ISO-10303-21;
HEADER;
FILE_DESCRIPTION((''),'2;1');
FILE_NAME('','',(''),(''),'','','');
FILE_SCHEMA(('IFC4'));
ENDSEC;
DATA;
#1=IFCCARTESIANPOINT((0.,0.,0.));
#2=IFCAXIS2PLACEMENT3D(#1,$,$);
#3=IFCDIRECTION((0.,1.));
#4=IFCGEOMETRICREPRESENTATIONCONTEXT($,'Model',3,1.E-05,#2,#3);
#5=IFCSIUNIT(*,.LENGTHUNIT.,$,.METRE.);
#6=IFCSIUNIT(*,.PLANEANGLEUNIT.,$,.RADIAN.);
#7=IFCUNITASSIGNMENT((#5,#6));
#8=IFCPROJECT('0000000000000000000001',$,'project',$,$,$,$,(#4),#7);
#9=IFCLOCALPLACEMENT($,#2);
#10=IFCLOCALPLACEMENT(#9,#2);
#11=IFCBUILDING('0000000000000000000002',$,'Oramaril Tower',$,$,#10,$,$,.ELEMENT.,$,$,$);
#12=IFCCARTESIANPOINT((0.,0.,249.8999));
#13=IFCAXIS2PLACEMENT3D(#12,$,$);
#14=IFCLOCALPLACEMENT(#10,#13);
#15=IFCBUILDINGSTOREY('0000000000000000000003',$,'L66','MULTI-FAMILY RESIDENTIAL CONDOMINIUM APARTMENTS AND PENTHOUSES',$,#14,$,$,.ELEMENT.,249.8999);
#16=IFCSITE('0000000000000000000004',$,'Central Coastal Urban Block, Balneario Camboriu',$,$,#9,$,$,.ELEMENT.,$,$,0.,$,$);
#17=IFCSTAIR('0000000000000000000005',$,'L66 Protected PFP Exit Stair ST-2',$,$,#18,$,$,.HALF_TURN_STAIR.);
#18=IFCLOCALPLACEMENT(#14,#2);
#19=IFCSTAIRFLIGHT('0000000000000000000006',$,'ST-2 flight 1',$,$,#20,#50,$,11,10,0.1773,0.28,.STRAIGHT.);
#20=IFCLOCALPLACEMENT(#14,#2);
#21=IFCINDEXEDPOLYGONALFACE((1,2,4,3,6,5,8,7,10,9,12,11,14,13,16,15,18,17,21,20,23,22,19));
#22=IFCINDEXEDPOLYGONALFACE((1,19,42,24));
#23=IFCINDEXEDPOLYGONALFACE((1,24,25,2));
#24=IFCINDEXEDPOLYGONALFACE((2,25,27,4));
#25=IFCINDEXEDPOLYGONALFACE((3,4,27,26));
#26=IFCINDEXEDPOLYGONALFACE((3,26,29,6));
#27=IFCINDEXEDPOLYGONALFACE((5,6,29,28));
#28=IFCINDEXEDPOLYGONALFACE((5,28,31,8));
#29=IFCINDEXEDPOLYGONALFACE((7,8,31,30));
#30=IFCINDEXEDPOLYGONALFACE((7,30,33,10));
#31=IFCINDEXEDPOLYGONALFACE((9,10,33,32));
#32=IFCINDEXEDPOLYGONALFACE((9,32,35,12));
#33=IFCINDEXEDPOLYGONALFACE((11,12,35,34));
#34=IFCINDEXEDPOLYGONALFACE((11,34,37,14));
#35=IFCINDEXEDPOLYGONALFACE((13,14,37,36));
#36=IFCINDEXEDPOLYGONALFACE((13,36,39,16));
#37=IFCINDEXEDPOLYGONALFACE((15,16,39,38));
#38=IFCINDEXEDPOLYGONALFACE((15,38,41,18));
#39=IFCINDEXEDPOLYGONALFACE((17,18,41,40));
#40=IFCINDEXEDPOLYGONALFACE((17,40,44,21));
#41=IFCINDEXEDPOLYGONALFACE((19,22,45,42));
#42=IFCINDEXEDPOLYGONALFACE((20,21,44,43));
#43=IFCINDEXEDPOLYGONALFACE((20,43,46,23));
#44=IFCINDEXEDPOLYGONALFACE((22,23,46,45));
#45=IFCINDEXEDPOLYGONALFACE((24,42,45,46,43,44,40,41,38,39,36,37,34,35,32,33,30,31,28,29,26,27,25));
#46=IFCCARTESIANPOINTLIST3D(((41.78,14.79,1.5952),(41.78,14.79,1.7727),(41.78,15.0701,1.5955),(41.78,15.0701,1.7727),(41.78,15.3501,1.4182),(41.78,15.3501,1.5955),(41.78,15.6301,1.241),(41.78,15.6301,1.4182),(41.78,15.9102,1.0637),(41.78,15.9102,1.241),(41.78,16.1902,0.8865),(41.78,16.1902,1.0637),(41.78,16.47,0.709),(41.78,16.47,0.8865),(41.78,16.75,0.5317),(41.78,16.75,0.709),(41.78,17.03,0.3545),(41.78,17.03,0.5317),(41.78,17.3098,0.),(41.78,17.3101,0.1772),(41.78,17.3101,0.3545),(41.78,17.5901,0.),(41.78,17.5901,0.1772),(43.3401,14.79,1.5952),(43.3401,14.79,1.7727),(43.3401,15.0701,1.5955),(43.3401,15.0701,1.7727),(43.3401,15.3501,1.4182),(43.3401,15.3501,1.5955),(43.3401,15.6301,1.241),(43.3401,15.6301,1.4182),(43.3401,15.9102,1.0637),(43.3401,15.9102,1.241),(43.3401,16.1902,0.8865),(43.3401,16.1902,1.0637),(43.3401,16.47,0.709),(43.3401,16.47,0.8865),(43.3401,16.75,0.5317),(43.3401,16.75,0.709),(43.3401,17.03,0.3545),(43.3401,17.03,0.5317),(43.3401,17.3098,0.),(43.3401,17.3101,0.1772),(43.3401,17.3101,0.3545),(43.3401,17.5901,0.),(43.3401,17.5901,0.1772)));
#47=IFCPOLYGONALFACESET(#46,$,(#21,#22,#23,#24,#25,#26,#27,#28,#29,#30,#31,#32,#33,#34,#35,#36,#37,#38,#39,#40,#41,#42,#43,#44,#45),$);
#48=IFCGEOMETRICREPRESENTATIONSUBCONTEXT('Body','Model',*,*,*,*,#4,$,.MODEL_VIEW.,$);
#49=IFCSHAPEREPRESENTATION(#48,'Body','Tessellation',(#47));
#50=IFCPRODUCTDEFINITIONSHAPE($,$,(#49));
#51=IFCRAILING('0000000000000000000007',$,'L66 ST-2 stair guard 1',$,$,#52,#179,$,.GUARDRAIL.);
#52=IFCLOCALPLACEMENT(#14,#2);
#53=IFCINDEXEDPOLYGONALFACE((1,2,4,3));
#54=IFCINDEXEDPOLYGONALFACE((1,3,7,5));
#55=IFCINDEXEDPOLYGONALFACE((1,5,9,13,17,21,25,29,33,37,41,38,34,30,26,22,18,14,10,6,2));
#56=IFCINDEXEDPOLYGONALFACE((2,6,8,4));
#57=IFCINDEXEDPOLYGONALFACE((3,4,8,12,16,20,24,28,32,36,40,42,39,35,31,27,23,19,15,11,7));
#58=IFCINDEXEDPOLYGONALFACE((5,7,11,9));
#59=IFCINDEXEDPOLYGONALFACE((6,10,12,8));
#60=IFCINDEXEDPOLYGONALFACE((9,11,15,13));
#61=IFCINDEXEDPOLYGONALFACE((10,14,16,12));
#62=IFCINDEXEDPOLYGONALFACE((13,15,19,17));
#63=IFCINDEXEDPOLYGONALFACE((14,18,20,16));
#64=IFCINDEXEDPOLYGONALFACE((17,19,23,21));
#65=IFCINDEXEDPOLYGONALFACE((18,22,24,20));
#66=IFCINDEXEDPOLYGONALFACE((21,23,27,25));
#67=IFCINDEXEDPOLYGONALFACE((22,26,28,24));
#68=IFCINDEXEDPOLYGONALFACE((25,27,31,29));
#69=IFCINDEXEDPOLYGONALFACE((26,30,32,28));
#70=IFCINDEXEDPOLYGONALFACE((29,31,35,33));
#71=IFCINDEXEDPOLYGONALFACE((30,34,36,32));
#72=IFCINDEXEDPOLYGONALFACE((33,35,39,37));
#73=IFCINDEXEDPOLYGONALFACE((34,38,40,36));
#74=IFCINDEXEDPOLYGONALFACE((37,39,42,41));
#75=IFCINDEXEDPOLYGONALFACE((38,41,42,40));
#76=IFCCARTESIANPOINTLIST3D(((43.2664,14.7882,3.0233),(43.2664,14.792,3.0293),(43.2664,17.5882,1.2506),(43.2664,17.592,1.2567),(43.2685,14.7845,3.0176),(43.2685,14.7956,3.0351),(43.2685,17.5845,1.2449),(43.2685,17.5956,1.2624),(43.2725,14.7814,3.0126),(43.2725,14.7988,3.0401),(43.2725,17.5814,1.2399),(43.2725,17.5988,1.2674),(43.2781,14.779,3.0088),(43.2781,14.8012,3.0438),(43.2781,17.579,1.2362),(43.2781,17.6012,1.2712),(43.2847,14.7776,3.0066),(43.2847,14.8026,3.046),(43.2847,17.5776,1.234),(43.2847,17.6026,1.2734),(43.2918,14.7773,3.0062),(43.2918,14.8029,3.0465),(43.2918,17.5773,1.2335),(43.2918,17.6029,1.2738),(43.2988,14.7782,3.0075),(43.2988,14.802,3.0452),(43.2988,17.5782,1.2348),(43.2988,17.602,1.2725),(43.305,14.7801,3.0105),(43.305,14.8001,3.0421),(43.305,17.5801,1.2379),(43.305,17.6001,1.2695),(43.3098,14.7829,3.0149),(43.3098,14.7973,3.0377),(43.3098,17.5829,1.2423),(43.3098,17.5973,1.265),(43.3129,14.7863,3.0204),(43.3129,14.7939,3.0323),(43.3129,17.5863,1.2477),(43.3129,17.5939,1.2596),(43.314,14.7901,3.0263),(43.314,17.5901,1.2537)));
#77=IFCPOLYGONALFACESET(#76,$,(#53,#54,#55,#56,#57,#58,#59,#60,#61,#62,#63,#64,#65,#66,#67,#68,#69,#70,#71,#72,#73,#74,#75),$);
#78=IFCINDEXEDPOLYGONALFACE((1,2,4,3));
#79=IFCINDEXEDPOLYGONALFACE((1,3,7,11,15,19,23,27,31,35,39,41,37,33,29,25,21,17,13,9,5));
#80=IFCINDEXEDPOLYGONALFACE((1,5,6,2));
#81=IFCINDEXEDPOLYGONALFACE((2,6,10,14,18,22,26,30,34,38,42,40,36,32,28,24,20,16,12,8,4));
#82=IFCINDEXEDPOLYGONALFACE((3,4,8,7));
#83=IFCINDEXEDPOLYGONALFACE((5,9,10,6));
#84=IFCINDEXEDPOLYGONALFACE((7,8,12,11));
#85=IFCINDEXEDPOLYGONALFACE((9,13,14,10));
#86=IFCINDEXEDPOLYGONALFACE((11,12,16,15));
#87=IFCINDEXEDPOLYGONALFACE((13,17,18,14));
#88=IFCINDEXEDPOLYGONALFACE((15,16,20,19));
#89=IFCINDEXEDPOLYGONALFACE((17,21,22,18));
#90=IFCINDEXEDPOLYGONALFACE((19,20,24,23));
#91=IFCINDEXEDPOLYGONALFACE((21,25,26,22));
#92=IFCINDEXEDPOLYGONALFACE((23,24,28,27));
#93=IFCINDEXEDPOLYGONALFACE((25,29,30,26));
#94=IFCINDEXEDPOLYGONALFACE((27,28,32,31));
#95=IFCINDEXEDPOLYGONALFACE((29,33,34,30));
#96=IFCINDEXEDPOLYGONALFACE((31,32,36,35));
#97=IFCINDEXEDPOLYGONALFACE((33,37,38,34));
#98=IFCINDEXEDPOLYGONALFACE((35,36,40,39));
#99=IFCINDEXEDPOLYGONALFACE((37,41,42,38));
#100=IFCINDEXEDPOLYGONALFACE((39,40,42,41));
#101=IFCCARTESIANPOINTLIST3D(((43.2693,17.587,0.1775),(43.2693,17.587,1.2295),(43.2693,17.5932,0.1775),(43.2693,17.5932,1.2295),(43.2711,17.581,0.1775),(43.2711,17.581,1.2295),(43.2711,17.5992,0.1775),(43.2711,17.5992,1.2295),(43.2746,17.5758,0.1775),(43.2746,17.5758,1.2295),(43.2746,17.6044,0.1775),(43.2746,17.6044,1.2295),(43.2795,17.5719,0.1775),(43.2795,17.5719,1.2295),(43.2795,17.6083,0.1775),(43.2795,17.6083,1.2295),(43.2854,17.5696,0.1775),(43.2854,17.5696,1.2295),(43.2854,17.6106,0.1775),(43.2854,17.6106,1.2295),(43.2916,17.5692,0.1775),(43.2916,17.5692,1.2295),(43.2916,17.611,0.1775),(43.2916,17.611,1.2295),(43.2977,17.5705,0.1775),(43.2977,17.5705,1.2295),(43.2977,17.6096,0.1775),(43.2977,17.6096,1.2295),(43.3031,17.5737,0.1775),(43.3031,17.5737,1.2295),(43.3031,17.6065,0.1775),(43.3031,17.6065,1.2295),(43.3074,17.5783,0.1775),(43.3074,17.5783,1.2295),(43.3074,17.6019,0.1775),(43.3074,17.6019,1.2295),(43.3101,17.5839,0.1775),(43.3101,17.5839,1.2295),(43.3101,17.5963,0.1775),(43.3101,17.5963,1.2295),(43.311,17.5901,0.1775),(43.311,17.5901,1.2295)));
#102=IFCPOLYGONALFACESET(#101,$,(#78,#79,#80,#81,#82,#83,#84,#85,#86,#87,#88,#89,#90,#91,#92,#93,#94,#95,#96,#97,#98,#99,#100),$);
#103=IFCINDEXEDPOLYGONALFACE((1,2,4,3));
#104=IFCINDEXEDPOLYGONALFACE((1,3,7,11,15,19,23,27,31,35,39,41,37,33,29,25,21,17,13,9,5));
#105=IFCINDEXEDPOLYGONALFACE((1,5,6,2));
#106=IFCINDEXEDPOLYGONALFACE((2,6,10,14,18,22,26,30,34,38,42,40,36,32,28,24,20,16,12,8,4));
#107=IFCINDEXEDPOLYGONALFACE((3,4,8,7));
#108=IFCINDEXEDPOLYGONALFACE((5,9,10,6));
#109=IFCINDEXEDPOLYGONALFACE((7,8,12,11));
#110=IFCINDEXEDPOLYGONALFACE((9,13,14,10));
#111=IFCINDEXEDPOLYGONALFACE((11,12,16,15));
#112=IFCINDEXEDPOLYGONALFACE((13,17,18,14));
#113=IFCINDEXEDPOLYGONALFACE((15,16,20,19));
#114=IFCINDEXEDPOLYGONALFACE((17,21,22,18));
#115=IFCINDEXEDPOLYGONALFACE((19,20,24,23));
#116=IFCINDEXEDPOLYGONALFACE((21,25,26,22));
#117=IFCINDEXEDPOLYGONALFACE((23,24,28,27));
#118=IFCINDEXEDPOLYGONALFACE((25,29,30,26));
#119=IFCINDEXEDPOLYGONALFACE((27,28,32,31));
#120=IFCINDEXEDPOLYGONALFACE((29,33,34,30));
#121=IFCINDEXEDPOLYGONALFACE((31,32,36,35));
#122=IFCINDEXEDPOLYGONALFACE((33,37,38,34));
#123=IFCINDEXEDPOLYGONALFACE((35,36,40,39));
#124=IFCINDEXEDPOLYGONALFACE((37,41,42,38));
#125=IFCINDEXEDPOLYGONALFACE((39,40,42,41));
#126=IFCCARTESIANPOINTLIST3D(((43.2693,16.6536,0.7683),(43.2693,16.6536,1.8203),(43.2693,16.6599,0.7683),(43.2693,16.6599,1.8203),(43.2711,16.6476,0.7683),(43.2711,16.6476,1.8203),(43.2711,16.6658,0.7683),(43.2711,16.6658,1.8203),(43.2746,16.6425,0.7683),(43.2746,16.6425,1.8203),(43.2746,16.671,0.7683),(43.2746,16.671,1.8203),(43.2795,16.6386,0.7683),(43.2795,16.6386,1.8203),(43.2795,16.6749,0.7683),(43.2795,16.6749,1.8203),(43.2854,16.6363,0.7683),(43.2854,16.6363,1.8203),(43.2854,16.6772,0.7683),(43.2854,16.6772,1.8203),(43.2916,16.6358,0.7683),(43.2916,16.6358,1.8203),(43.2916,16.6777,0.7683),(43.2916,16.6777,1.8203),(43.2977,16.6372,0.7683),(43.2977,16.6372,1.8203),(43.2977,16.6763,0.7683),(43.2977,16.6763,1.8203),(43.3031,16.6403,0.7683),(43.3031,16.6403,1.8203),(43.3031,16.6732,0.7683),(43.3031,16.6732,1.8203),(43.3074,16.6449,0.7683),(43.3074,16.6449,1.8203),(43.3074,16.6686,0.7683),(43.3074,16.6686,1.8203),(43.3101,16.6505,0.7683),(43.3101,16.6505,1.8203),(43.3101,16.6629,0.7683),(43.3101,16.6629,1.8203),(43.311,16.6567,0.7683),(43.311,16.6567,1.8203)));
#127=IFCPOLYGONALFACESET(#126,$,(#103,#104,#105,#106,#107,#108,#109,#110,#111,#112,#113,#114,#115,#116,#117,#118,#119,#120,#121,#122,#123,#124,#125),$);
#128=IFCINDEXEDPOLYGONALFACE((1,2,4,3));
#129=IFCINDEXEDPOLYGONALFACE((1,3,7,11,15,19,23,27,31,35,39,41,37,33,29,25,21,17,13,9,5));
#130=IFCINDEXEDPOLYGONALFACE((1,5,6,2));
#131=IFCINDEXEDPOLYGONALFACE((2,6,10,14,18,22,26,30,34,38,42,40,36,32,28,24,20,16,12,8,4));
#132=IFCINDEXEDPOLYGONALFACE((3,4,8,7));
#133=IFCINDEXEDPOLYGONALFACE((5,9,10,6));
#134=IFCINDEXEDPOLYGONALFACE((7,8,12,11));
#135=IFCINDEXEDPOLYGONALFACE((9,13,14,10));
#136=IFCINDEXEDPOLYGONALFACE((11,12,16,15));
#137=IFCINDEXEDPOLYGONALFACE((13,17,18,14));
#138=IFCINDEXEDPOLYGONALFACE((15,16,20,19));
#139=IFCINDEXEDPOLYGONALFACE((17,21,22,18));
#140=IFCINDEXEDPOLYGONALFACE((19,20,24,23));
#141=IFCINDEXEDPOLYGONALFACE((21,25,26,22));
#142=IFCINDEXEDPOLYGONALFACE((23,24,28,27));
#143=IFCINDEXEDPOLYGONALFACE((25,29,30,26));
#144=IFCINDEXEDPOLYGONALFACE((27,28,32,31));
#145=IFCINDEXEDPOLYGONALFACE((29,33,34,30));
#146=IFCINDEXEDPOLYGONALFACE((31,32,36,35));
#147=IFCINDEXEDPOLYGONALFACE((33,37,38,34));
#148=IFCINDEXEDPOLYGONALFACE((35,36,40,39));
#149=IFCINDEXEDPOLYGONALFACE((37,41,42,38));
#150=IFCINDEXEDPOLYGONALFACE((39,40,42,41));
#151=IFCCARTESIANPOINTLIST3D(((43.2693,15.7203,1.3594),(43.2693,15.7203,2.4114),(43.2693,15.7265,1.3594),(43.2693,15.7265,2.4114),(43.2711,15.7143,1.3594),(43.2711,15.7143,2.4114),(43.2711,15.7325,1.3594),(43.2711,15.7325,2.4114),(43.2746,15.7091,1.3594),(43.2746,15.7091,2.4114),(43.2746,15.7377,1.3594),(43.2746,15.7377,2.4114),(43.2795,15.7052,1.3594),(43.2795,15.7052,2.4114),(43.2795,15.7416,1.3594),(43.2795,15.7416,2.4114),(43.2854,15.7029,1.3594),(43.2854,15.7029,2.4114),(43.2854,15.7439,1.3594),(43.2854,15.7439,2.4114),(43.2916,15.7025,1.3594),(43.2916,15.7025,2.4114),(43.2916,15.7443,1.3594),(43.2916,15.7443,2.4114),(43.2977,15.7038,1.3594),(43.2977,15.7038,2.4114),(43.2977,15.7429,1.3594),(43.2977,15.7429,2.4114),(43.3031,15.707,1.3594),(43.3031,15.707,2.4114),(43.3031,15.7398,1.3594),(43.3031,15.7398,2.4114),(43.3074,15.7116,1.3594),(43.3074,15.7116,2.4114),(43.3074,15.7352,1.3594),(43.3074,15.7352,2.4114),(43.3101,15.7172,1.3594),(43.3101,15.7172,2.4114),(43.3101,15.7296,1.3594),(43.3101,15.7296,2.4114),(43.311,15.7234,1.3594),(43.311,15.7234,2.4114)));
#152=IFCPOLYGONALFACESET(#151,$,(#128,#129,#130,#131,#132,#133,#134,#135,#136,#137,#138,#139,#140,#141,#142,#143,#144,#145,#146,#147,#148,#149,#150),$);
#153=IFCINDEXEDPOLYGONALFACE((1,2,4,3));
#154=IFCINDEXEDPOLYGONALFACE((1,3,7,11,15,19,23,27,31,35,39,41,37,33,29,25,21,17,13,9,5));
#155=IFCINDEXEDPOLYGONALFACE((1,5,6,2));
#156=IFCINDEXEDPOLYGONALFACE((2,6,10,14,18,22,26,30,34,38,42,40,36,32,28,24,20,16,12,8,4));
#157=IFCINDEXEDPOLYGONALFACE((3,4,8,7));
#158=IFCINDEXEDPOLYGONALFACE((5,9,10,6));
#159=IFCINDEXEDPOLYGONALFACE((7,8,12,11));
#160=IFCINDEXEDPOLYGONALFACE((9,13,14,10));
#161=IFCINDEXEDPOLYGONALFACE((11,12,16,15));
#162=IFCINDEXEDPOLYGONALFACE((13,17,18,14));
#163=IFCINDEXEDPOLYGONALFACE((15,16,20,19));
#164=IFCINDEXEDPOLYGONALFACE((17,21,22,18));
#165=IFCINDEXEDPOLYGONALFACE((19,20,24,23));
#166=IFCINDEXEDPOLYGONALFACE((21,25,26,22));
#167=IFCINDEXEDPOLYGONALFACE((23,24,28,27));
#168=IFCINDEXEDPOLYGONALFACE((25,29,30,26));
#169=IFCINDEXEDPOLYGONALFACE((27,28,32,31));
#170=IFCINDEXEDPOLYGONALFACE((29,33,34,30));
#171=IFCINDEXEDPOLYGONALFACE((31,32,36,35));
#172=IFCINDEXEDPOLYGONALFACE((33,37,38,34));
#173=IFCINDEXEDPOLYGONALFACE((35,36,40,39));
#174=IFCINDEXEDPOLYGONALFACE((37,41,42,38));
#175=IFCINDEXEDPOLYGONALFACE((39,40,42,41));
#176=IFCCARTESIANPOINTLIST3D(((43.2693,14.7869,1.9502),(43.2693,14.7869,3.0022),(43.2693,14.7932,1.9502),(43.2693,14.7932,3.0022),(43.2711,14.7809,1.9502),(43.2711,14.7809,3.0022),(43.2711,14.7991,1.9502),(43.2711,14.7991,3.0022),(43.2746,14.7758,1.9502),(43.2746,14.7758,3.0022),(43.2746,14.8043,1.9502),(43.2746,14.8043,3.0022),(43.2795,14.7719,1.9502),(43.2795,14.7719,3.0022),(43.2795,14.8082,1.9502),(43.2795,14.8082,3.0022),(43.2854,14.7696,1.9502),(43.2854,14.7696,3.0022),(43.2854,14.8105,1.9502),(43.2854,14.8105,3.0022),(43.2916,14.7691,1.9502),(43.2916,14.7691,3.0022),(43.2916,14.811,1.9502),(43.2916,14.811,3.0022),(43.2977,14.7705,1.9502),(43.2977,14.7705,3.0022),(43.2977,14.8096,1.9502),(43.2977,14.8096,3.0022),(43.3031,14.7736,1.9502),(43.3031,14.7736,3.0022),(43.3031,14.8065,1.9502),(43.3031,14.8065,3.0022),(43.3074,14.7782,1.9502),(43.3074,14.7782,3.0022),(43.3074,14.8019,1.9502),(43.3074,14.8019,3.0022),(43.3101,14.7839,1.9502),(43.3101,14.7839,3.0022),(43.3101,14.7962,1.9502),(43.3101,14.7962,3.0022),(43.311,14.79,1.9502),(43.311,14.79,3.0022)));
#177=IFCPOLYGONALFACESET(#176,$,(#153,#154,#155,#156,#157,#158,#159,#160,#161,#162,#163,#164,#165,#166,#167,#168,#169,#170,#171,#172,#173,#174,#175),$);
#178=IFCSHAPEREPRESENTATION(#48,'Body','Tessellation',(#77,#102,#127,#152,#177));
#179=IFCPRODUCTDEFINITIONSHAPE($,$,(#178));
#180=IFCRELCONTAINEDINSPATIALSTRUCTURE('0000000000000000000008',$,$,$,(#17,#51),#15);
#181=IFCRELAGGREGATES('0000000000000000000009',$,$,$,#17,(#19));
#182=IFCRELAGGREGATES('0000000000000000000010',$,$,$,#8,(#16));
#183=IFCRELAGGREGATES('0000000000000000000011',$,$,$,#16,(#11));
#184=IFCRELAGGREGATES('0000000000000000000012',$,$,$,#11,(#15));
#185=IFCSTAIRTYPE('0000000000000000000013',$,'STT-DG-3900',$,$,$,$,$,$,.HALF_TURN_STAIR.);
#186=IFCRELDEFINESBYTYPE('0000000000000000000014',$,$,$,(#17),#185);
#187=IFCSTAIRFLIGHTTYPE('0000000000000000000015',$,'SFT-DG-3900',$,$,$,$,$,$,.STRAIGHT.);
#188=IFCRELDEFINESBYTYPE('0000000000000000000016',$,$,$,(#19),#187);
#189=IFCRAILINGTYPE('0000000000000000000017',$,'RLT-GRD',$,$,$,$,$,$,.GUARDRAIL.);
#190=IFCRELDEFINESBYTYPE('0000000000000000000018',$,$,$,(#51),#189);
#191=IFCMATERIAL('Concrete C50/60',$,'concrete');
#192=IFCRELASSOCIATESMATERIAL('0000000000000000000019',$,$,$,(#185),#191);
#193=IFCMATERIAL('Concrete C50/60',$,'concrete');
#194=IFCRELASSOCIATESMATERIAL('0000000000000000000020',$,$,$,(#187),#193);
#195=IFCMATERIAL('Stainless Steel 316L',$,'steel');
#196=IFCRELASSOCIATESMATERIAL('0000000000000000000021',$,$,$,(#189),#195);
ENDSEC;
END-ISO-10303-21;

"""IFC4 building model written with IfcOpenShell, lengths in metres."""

from ifc_helpers import new_model, si_unit, direction, frame, origin, origin_2d, place, context, subcontext, project, spatial, polyline, circle, outline, extrude, material, type_object, element, aggregate, save


model = new_model("IFC4")

# Units and contexts
model_context = context("Model", 3, precision=1e-05, world=origin(), true_north=direction((0.0, 1.0)))
body_context = subcontext(model_context, "Body", "Model", "MODEL_VIEW")
ifc_project = project(units=[si_unit("LENGTHUNIT", "METRE"), si_unit("PLANEANGLEUNIT", "RADIAN")], contexts=[model_context])

# Site, building, storey
site_placement = place(None, origin())
site = spatial("IfcSite", under=ifc_project, at=site_placement, Name="Central Coastal Urban Block, Balneario Camboriu", CompositionType="ELEMENT", RefElevation=0.0)
building_placement = place(site_placement, origin())
building = spatial("IfcBuilding", under=site, at=building_placement, Name="Oramaril Tower", CompositionType="ELEMENT")
storey_placement = place(building_placement, frame((0.0, 0.0, 249.8999)))
storey = spatial("IfcBuildingStorey", under=building, at=storey_placement, Name="L66", Description="MULTI-FAMILY RESIDENTIAL CONDOMINIUM APARTMENTS AND PENTHOUSES", CompositionType="ELEMENT", Elevation=249.8999)

# Stair, stair flight
ifc_material_1 = material(Name="Concrete C50/60", Category="concrete")
stair_type = type_object("IfcStairType", Name="STT-DG-3900", PredefinedType="HALF_TURN_STAIR", material=ifc_material_1)
stair_placement = place(storey_placement, origin())
stair = element("IfcStair", 1, at=stair_placement, inside=storey, type_object=stair_type, Name="L66 Protected PFP Exit Stair ST-2", PredefinedType="HALF_TURN_STAIR")
ifc_material_2 = material(Name="Concrete C50/60", Category="concrete")
stair_flight_type = type_object("IfcStairFlightType", Name="SFT-DG-3900", PredefinedType="STRAIGHT", material=ifc_material_2)
stair_flight_placement = place(storey_placement, frame((42.5601, 17.5901, 0.0), z_axis=(0.0, 0.0, 1.0), x_axis=(0.0, -1.0, 0.0)))
stair_flight = element("IfcStairFlight", 2, at=stair_flight_placement, type_object=stair_flight_type, Name="ST-2 flight 1", NumberOfRisers=11, NumberOfTreads=10, PredefinedType="STRAIGHT", RiserHeight=0.1773, TreadLength=0.28, context=body_context, shape_type="SweptSolid", body=[
    extrude(outline(polyline([(0.0, 0.0), (0.0, 0.1772), (0.28, 0.1772), (0.28, 0.3545), (0.5601, 0.3545), (0.5601, 0.5317), (0.8401, 0.5317), (0.8401, 0.709), (1.1201, 0.709), (1.1201, 0.8865), (1.3999, 0.8865), (1.3999, 1.0637), (1.6799, 1.0637), (1.6799, 1.241), (1.96, 1.241), (1.96, 1.4182), (2.24, 1.4182), (2.24, 1.5955), (2.52, 1.5955), (2.52, 1.7727), (2.8, 1.7727), (2.8, 1.95), (2.8, 1.5952), (0.2803, 0.0), (0.0, 0.0)])), frame((0.0, 0.78, 0.0), z_axis=(0.0, -1.0, 0.0), x_axis=(1.0, 0.0, 0.0)), (0.0, 0.0, 1.0), 1.5601),
])
aggregate(stair, [stair_flight])

# Railing
ifc_material_3 = material(Name="Stainless Steel 316L", Category="steel")
railing_type_1 = type_object("IfcRailingType", Name="RLT-GRD", PredefinedType="GUARDRAIL", material=ifc_material_3)
railing_1_placement = place(storey_placement, frame((43.29, 17.5901, 0.1775)))
element("IfcRailing", 3, at=railing_1_placement, inside=storey, type_object=railing_type_1, Name="L66 ST-2 stair guard 1", PredefinedType="GUARDRAIL", context=body_context, shape_type="SweptSolid", body=[
    extrude(circle(Radius=0.0239, at=origin_2d()), frame((0.0, 0.0, 1.0762), z_axis=(0.0, -0.844909, 0.53491), x_axis=(1.0, 0.0, 0.0)), (0.0, 0.0, 1.0), 3.314),
    extrude(circle(Radius=0.021, at=origin_2d()), origin(), (0.0, 0.0, 1.0), 1.052),
    extrude(circle(Radius=0.021, at=origin_2d()), frame((0.0, -0.9333, 0.5908)), (0.0, 0.0, 1.0), 1.052),
    extrude(circle(Radius=0.021, at=origin_2d()), frame((0.0, -1.8667, 1.1819)), (0.0, 0.0, 1.0), 1.052),
    extrude(circle(Radius=0.021, at=origin_2d()), frame((0.0, -2.8, 1.7727)), (0.0, 0.0, 1.0), 1.052),
])

save(model, "model.ifc")
